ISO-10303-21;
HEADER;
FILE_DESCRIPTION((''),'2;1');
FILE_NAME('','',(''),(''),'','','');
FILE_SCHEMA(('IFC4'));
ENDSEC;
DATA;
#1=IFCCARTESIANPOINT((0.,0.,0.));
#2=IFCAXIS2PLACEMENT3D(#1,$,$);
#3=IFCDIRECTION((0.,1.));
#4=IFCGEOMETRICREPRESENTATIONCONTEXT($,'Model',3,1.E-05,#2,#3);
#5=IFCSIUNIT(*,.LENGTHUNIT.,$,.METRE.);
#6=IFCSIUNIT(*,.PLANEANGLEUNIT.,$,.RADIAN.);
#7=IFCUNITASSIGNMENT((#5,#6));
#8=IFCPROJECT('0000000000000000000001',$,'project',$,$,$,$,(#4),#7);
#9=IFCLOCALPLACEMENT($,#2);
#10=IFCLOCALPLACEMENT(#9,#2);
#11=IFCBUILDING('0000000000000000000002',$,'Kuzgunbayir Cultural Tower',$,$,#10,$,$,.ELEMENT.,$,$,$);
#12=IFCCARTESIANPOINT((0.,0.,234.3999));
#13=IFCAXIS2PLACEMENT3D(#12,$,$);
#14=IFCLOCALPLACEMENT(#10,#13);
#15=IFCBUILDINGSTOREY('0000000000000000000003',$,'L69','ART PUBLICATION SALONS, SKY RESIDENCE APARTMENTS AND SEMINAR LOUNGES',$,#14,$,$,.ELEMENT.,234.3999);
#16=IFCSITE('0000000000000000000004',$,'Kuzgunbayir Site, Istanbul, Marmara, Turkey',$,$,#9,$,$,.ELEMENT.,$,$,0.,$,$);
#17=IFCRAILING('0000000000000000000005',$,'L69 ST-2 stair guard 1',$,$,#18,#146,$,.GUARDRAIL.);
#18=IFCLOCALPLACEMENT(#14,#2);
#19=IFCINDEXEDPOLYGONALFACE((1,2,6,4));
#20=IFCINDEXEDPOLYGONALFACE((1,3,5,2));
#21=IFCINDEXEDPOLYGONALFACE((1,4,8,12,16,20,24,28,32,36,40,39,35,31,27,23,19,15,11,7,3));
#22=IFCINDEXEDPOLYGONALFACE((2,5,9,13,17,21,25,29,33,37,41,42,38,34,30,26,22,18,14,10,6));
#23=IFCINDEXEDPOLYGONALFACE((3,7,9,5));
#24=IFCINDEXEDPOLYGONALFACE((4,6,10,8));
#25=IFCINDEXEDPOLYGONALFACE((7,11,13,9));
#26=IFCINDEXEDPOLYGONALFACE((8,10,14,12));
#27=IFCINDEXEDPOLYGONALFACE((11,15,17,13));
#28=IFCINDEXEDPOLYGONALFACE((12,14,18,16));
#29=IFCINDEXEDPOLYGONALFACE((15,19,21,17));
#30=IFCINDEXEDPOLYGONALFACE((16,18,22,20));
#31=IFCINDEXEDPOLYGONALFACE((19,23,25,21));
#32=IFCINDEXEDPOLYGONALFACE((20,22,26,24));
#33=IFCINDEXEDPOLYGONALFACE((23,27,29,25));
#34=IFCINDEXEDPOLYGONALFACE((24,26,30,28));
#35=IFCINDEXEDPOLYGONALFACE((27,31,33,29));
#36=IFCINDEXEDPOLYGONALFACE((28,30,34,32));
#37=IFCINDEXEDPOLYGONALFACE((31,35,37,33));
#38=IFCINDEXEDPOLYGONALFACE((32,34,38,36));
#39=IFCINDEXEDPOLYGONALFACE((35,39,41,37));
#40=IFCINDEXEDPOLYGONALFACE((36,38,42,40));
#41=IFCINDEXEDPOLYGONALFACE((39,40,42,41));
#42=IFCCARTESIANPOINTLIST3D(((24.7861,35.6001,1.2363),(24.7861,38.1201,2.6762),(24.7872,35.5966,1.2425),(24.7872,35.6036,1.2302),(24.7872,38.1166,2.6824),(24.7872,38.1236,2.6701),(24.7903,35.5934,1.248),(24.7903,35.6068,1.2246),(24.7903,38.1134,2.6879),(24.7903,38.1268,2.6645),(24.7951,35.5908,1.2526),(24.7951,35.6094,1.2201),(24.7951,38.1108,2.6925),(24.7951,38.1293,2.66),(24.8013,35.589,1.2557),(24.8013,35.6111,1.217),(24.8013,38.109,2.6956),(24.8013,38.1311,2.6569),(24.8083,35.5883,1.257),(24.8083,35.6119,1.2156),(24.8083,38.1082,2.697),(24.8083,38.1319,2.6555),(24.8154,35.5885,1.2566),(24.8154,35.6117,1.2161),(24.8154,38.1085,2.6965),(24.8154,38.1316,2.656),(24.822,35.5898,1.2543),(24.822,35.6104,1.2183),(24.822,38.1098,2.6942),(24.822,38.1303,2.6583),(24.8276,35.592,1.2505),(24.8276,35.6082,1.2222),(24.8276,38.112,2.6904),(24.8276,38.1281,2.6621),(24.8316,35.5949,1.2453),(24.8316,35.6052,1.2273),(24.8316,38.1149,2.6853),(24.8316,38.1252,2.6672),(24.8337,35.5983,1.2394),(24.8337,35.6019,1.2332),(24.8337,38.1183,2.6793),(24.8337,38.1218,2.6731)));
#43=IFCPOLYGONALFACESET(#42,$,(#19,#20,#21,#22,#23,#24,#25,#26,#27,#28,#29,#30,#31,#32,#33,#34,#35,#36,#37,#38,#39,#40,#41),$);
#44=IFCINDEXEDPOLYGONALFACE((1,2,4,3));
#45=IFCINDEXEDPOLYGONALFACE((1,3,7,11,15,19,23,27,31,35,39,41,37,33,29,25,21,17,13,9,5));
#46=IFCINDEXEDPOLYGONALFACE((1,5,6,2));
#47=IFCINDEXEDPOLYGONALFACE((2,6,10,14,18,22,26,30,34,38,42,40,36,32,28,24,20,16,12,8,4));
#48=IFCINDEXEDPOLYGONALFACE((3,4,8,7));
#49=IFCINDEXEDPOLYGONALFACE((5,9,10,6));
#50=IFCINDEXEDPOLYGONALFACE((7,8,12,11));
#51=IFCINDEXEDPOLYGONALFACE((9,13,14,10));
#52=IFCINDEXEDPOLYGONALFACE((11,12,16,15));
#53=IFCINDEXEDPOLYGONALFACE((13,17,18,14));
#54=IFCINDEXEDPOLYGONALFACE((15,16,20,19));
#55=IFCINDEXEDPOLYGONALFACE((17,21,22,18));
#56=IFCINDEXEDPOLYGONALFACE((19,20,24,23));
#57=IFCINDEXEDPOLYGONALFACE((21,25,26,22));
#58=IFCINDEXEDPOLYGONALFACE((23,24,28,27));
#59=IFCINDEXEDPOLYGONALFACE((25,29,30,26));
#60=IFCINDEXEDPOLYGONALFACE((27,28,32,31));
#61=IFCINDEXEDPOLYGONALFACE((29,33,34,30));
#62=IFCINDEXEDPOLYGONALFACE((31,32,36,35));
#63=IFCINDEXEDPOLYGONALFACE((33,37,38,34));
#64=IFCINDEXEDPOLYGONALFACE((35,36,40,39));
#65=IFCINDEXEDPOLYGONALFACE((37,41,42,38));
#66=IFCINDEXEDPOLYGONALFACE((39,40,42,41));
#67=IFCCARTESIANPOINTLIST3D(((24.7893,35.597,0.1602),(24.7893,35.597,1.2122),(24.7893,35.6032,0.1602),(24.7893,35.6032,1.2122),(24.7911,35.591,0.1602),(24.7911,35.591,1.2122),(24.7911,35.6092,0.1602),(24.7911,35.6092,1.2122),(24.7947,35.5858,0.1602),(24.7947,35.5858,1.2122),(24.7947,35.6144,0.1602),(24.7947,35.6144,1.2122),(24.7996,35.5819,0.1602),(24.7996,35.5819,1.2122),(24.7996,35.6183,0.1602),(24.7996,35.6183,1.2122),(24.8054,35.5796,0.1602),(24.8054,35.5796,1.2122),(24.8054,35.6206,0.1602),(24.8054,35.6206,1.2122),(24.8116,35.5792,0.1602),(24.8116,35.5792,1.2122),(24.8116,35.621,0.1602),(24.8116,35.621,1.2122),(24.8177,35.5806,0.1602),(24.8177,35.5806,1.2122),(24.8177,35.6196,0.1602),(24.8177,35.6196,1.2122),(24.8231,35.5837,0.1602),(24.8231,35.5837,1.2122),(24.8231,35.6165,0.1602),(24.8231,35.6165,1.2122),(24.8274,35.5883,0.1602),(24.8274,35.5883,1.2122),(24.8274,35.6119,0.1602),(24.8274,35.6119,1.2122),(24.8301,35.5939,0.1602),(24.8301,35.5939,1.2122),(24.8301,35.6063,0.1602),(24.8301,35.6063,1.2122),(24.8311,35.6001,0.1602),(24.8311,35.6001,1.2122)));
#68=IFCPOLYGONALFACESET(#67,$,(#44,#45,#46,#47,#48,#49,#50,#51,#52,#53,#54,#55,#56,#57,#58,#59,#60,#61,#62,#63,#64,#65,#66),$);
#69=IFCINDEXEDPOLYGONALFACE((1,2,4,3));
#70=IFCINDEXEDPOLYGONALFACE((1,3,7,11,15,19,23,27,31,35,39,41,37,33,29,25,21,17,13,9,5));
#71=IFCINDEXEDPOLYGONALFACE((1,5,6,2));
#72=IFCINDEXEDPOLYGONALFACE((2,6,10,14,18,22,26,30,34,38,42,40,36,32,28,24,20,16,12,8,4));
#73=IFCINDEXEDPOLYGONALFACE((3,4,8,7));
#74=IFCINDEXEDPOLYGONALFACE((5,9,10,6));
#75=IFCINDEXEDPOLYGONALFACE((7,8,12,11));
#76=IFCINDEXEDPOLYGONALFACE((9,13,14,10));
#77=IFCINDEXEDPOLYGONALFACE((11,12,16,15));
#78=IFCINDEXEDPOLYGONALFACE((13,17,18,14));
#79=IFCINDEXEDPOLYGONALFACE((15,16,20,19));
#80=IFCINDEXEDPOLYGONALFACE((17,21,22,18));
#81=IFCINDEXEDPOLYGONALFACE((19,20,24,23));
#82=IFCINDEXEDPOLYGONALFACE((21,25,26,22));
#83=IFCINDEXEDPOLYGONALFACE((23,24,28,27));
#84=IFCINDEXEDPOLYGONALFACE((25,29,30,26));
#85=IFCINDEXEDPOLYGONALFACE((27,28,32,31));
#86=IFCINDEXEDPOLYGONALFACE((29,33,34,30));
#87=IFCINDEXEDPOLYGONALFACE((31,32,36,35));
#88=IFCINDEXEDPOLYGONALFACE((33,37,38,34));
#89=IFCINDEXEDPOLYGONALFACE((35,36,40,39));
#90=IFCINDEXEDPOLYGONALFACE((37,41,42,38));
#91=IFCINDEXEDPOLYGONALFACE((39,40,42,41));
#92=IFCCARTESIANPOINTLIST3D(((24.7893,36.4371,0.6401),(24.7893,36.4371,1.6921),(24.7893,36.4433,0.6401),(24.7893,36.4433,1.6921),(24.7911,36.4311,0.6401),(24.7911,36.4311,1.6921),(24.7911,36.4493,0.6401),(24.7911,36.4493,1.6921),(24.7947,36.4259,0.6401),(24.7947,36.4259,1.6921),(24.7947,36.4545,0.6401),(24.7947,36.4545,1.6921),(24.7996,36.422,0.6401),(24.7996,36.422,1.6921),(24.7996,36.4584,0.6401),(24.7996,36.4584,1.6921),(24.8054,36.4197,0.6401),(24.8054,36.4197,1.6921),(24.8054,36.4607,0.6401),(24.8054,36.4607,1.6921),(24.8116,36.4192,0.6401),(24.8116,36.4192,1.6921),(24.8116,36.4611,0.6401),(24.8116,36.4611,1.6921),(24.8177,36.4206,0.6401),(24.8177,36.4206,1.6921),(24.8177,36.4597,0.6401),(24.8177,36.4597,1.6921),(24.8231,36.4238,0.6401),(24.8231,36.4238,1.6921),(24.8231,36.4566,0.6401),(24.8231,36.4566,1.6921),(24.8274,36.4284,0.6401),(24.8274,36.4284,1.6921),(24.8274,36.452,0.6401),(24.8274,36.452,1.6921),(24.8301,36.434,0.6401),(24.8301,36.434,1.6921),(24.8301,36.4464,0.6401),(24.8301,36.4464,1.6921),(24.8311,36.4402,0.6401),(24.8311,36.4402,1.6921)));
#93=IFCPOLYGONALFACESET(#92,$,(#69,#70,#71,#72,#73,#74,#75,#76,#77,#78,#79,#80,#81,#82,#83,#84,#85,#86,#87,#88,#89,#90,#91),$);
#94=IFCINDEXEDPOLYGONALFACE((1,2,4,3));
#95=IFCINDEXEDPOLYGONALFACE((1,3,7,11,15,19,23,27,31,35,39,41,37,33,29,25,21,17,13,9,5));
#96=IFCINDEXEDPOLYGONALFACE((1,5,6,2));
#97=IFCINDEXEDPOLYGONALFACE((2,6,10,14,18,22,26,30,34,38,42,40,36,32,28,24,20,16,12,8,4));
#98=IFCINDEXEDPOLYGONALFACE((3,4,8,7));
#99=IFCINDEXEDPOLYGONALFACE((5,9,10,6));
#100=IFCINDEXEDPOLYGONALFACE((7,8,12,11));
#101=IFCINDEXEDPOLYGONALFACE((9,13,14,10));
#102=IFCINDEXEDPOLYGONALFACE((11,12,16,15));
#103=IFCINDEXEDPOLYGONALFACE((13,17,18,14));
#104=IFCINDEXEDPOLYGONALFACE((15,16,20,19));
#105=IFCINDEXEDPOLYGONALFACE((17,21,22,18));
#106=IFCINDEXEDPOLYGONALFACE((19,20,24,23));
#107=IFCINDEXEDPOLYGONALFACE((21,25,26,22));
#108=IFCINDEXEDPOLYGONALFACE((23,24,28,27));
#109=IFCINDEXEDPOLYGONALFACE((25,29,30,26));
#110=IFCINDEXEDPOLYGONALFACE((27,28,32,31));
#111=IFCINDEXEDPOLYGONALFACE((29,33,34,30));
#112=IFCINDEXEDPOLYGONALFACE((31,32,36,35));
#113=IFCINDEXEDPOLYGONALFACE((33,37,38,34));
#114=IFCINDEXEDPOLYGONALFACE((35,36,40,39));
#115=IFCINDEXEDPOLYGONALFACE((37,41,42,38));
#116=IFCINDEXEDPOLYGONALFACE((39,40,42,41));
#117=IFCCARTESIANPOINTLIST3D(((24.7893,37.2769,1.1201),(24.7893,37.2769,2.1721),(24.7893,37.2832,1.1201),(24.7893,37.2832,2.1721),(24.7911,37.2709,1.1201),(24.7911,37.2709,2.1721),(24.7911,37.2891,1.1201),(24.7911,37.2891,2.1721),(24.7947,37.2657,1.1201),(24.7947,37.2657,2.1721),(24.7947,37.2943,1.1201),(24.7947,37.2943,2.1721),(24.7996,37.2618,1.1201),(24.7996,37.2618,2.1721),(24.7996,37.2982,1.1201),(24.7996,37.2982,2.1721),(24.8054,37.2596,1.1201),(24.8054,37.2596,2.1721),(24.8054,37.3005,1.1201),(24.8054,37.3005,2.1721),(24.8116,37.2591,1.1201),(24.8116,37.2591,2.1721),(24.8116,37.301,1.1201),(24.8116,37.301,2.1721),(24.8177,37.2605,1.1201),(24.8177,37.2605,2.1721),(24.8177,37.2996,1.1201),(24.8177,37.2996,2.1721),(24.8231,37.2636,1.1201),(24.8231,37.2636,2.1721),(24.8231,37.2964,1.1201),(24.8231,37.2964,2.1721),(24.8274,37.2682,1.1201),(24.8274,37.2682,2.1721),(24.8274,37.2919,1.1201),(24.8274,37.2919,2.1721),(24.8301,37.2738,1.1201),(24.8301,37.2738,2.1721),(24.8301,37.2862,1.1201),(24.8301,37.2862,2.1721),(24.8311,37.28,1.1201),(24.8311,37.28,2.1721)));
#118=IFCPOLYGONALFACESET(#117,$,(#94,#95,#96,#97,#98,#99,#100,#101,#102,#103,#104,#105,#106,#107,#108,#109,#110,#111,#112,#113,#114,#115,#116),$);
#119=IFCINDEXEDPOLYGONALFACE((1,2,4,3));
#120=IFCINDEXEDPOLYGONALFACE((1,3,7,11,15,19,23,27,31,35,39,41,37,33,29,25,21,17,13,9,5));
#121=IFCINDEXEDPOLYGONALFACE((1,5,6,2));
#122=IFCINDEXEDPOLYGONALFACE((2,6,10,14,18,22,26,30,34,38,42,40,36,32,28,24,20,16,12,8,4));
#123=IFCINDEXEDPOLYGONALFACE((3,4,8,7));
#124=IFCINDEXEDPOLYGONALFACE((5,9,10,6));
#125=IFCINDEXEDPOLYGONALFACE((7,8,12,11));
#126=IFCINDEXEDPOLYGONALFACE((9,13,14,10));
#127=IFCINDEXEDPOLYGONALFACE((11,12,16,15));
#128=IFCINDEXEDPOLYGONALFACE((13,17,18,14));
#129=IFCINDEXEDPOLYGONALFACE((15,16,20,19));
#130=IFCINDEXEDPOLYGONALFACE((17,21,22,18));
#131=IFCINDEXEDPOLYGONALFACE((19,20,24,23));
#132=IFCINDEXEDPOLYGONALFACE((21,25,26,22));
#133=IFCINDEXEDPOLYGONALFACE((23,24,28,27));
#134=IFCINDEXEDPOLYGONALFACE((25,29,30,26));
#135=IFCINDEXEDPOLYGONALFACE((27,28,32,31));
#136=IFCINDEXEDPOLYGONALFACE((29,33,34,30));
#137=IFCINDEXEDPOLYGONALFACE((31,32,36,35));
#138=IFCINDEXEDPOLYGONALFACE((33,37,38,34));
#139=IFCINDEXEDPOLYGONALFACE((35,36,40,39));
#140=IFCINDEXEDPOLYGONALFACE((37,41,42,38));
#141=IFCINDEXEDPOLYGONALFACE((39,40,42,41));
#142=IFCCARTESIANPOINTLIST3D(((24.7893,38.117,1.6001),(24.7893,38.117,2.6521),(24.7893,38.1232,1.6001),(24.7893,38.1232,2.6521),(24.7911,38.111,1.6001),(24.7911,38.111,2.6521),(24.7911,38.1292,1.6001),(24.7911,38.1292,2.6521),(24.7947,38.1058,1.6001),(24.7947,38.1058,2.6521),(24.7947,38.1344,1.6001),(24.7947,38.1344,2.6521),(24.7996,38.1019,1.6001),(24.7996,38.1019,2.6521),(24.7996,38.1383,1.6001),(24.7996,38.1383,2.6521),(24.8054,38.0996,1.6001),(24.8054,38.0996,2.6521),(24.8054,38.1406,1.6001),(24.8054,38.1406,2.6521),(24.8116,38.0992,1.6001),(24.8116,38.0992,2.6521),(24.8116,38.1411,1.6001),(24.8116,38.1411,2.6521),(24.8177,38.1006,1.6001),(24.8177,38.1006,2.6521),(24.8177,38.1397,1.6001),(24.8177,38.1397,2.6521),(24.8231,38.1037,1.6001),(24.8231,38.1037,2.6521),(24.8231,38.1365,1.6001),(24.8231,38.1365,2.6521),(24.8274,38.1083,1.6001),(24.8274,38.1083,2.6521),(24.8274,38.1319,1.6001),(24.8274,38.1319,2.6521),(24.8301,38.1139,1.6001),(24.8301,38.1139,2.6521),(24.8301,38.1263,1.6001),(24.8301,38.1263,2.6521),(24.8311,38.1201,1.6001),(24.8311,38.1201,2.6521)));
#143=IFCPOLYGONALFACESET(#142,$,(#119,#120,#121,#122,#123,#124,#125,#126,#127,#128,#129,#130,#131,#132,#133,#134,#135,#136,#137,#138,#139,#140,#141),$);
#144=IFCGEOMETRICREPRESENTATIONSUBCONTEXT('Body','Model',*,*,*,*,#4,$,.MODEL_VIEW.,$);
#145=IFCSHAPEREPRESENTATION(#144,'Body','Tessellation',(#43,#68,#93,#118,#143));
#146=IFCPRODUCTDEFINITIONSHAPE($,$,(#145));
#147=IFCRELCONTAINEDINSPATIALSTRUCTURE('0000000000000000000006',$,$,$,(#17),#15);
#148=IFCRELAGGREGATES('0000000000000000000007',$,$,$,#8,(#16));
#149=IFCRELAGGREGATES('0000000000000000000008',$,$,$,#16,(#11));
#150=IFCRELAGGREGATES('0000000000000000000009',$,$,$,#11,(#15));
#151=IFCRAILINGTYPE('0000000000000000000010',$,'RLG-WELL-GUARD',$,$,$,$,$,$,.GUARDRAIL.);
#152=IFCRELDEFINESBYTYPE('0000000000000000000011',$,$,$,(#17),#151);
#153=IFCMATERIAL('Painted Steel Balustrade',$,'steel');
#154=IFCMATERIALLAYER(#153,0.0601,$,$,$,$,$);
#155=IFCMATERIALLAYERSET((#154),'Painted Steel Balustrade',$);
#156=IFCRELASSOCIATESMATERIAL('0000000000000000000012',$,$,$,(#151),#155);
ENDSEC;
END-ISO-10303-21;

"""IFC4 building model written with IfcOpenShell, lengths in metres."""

from ifc_helpers import new_model, si_unit, direction, frame, origin, origin_2d, place, context, subcontext, project, spatial, circle, extrude, material, layer, layer_set, type_object, element, save


model = new_model("IFC4")

# Units and contexts
model_context = context("Model", 3, precision=1e-05, world=origin(), true_north=direction((0.0, 1.0)))
body_context = subcontext(model_context, "Body", "Model", "MODEL_VIEW")
ifc_project = project(units=[si_unit("LENGTHUNIT", "METRE"), si_unit("PLANEANGLEUNIT", "RADIAN")], contexts=[model_context])

# Site, building, storey
site_placement = place(None, origin())
site = spatial("IfcSite", under=ifc_project, at=site_placement, Name="Kuzgunbayir Site, Istanbul, Marmara, Turkey", CompositionType="ELEMENT", RefElevation=0.0)
building_placement = place(site_placement, origin())
building = spatial("IfcBuilding", under=site, at=building_placement, Name="Kuzgunbayir Cultural Tower", CompositionType="ELEMENT")
storey_placement = place(building_placement, frame((0.0, 0.0, 234.3999)))
storey = spatial("IfcBuildingStorey", under=building, at=storey_placement, Name="L69", Description="ART PUBLICATION SALONS, SKY RESIDENCE APARTMENTS AND SEMINAR LOUNGES", CompositionType="ELEMENT", Elevation=234.3999)

# Railing
ifc_material_1 = material(Name="Painted Steel Balustrade", Category="steel")
ifc_layer_1 = layer(ifc_material_1, 0.0601)
ifc_layer_set_1 = layer_set([ifc_layer_1], Name="Painted Steel Balustrade")
railing_type_1 = type_object("IfcRailingType", Name="RLG-WELL-GUARD", PredefinedType="GUARDRAIL", material=ifc_layer_set_1)
railing_1_placement = place(storey_placement, frame((24.8101, 35.6001, 0.1602)))
element("IfcRailing", 1, at=railing_1_placement, inside=storey, type_object=railing_type_1, Name="L69 ST-2 stair guard 1", PredefinedType="GUARDRAIL", context=body_context, shape_type="SweptSolid", body=[
    extrude(circle(Radius=0.0239, at=origin_2d()), frame((0.0, 0.0, 1.0762), z_axis=(0.0, 0.868253, 0.496121), x_axis=(-1.0, 0.0, 0.0)), (0.0, 0.0, 1.0), 2.9023),
    extrude(circle(Radius=0.021, at=origin_2d()), origin(), (0.0, 0.0, 1.0), 1.052),
    extrude(circle(Radius=0.021, at=origin_2d()), frame((0.0, 0.8401, 0.48)), (0.0, 0.0, 1.0), 1.052),
    extrude(circle(Radius=0.021, at=origin_2d()), frame((0.0, 1.6799, 0.96)), (0.0, 0.0, 1.0), 1.052),
    extrude(circle(Radius=0.021, at=origin_2d()), frame((0.0, 2.52, 1.4399)), (0.0, 0.0, 1.0), 1.052),
])

save(model, "model.ifc")
